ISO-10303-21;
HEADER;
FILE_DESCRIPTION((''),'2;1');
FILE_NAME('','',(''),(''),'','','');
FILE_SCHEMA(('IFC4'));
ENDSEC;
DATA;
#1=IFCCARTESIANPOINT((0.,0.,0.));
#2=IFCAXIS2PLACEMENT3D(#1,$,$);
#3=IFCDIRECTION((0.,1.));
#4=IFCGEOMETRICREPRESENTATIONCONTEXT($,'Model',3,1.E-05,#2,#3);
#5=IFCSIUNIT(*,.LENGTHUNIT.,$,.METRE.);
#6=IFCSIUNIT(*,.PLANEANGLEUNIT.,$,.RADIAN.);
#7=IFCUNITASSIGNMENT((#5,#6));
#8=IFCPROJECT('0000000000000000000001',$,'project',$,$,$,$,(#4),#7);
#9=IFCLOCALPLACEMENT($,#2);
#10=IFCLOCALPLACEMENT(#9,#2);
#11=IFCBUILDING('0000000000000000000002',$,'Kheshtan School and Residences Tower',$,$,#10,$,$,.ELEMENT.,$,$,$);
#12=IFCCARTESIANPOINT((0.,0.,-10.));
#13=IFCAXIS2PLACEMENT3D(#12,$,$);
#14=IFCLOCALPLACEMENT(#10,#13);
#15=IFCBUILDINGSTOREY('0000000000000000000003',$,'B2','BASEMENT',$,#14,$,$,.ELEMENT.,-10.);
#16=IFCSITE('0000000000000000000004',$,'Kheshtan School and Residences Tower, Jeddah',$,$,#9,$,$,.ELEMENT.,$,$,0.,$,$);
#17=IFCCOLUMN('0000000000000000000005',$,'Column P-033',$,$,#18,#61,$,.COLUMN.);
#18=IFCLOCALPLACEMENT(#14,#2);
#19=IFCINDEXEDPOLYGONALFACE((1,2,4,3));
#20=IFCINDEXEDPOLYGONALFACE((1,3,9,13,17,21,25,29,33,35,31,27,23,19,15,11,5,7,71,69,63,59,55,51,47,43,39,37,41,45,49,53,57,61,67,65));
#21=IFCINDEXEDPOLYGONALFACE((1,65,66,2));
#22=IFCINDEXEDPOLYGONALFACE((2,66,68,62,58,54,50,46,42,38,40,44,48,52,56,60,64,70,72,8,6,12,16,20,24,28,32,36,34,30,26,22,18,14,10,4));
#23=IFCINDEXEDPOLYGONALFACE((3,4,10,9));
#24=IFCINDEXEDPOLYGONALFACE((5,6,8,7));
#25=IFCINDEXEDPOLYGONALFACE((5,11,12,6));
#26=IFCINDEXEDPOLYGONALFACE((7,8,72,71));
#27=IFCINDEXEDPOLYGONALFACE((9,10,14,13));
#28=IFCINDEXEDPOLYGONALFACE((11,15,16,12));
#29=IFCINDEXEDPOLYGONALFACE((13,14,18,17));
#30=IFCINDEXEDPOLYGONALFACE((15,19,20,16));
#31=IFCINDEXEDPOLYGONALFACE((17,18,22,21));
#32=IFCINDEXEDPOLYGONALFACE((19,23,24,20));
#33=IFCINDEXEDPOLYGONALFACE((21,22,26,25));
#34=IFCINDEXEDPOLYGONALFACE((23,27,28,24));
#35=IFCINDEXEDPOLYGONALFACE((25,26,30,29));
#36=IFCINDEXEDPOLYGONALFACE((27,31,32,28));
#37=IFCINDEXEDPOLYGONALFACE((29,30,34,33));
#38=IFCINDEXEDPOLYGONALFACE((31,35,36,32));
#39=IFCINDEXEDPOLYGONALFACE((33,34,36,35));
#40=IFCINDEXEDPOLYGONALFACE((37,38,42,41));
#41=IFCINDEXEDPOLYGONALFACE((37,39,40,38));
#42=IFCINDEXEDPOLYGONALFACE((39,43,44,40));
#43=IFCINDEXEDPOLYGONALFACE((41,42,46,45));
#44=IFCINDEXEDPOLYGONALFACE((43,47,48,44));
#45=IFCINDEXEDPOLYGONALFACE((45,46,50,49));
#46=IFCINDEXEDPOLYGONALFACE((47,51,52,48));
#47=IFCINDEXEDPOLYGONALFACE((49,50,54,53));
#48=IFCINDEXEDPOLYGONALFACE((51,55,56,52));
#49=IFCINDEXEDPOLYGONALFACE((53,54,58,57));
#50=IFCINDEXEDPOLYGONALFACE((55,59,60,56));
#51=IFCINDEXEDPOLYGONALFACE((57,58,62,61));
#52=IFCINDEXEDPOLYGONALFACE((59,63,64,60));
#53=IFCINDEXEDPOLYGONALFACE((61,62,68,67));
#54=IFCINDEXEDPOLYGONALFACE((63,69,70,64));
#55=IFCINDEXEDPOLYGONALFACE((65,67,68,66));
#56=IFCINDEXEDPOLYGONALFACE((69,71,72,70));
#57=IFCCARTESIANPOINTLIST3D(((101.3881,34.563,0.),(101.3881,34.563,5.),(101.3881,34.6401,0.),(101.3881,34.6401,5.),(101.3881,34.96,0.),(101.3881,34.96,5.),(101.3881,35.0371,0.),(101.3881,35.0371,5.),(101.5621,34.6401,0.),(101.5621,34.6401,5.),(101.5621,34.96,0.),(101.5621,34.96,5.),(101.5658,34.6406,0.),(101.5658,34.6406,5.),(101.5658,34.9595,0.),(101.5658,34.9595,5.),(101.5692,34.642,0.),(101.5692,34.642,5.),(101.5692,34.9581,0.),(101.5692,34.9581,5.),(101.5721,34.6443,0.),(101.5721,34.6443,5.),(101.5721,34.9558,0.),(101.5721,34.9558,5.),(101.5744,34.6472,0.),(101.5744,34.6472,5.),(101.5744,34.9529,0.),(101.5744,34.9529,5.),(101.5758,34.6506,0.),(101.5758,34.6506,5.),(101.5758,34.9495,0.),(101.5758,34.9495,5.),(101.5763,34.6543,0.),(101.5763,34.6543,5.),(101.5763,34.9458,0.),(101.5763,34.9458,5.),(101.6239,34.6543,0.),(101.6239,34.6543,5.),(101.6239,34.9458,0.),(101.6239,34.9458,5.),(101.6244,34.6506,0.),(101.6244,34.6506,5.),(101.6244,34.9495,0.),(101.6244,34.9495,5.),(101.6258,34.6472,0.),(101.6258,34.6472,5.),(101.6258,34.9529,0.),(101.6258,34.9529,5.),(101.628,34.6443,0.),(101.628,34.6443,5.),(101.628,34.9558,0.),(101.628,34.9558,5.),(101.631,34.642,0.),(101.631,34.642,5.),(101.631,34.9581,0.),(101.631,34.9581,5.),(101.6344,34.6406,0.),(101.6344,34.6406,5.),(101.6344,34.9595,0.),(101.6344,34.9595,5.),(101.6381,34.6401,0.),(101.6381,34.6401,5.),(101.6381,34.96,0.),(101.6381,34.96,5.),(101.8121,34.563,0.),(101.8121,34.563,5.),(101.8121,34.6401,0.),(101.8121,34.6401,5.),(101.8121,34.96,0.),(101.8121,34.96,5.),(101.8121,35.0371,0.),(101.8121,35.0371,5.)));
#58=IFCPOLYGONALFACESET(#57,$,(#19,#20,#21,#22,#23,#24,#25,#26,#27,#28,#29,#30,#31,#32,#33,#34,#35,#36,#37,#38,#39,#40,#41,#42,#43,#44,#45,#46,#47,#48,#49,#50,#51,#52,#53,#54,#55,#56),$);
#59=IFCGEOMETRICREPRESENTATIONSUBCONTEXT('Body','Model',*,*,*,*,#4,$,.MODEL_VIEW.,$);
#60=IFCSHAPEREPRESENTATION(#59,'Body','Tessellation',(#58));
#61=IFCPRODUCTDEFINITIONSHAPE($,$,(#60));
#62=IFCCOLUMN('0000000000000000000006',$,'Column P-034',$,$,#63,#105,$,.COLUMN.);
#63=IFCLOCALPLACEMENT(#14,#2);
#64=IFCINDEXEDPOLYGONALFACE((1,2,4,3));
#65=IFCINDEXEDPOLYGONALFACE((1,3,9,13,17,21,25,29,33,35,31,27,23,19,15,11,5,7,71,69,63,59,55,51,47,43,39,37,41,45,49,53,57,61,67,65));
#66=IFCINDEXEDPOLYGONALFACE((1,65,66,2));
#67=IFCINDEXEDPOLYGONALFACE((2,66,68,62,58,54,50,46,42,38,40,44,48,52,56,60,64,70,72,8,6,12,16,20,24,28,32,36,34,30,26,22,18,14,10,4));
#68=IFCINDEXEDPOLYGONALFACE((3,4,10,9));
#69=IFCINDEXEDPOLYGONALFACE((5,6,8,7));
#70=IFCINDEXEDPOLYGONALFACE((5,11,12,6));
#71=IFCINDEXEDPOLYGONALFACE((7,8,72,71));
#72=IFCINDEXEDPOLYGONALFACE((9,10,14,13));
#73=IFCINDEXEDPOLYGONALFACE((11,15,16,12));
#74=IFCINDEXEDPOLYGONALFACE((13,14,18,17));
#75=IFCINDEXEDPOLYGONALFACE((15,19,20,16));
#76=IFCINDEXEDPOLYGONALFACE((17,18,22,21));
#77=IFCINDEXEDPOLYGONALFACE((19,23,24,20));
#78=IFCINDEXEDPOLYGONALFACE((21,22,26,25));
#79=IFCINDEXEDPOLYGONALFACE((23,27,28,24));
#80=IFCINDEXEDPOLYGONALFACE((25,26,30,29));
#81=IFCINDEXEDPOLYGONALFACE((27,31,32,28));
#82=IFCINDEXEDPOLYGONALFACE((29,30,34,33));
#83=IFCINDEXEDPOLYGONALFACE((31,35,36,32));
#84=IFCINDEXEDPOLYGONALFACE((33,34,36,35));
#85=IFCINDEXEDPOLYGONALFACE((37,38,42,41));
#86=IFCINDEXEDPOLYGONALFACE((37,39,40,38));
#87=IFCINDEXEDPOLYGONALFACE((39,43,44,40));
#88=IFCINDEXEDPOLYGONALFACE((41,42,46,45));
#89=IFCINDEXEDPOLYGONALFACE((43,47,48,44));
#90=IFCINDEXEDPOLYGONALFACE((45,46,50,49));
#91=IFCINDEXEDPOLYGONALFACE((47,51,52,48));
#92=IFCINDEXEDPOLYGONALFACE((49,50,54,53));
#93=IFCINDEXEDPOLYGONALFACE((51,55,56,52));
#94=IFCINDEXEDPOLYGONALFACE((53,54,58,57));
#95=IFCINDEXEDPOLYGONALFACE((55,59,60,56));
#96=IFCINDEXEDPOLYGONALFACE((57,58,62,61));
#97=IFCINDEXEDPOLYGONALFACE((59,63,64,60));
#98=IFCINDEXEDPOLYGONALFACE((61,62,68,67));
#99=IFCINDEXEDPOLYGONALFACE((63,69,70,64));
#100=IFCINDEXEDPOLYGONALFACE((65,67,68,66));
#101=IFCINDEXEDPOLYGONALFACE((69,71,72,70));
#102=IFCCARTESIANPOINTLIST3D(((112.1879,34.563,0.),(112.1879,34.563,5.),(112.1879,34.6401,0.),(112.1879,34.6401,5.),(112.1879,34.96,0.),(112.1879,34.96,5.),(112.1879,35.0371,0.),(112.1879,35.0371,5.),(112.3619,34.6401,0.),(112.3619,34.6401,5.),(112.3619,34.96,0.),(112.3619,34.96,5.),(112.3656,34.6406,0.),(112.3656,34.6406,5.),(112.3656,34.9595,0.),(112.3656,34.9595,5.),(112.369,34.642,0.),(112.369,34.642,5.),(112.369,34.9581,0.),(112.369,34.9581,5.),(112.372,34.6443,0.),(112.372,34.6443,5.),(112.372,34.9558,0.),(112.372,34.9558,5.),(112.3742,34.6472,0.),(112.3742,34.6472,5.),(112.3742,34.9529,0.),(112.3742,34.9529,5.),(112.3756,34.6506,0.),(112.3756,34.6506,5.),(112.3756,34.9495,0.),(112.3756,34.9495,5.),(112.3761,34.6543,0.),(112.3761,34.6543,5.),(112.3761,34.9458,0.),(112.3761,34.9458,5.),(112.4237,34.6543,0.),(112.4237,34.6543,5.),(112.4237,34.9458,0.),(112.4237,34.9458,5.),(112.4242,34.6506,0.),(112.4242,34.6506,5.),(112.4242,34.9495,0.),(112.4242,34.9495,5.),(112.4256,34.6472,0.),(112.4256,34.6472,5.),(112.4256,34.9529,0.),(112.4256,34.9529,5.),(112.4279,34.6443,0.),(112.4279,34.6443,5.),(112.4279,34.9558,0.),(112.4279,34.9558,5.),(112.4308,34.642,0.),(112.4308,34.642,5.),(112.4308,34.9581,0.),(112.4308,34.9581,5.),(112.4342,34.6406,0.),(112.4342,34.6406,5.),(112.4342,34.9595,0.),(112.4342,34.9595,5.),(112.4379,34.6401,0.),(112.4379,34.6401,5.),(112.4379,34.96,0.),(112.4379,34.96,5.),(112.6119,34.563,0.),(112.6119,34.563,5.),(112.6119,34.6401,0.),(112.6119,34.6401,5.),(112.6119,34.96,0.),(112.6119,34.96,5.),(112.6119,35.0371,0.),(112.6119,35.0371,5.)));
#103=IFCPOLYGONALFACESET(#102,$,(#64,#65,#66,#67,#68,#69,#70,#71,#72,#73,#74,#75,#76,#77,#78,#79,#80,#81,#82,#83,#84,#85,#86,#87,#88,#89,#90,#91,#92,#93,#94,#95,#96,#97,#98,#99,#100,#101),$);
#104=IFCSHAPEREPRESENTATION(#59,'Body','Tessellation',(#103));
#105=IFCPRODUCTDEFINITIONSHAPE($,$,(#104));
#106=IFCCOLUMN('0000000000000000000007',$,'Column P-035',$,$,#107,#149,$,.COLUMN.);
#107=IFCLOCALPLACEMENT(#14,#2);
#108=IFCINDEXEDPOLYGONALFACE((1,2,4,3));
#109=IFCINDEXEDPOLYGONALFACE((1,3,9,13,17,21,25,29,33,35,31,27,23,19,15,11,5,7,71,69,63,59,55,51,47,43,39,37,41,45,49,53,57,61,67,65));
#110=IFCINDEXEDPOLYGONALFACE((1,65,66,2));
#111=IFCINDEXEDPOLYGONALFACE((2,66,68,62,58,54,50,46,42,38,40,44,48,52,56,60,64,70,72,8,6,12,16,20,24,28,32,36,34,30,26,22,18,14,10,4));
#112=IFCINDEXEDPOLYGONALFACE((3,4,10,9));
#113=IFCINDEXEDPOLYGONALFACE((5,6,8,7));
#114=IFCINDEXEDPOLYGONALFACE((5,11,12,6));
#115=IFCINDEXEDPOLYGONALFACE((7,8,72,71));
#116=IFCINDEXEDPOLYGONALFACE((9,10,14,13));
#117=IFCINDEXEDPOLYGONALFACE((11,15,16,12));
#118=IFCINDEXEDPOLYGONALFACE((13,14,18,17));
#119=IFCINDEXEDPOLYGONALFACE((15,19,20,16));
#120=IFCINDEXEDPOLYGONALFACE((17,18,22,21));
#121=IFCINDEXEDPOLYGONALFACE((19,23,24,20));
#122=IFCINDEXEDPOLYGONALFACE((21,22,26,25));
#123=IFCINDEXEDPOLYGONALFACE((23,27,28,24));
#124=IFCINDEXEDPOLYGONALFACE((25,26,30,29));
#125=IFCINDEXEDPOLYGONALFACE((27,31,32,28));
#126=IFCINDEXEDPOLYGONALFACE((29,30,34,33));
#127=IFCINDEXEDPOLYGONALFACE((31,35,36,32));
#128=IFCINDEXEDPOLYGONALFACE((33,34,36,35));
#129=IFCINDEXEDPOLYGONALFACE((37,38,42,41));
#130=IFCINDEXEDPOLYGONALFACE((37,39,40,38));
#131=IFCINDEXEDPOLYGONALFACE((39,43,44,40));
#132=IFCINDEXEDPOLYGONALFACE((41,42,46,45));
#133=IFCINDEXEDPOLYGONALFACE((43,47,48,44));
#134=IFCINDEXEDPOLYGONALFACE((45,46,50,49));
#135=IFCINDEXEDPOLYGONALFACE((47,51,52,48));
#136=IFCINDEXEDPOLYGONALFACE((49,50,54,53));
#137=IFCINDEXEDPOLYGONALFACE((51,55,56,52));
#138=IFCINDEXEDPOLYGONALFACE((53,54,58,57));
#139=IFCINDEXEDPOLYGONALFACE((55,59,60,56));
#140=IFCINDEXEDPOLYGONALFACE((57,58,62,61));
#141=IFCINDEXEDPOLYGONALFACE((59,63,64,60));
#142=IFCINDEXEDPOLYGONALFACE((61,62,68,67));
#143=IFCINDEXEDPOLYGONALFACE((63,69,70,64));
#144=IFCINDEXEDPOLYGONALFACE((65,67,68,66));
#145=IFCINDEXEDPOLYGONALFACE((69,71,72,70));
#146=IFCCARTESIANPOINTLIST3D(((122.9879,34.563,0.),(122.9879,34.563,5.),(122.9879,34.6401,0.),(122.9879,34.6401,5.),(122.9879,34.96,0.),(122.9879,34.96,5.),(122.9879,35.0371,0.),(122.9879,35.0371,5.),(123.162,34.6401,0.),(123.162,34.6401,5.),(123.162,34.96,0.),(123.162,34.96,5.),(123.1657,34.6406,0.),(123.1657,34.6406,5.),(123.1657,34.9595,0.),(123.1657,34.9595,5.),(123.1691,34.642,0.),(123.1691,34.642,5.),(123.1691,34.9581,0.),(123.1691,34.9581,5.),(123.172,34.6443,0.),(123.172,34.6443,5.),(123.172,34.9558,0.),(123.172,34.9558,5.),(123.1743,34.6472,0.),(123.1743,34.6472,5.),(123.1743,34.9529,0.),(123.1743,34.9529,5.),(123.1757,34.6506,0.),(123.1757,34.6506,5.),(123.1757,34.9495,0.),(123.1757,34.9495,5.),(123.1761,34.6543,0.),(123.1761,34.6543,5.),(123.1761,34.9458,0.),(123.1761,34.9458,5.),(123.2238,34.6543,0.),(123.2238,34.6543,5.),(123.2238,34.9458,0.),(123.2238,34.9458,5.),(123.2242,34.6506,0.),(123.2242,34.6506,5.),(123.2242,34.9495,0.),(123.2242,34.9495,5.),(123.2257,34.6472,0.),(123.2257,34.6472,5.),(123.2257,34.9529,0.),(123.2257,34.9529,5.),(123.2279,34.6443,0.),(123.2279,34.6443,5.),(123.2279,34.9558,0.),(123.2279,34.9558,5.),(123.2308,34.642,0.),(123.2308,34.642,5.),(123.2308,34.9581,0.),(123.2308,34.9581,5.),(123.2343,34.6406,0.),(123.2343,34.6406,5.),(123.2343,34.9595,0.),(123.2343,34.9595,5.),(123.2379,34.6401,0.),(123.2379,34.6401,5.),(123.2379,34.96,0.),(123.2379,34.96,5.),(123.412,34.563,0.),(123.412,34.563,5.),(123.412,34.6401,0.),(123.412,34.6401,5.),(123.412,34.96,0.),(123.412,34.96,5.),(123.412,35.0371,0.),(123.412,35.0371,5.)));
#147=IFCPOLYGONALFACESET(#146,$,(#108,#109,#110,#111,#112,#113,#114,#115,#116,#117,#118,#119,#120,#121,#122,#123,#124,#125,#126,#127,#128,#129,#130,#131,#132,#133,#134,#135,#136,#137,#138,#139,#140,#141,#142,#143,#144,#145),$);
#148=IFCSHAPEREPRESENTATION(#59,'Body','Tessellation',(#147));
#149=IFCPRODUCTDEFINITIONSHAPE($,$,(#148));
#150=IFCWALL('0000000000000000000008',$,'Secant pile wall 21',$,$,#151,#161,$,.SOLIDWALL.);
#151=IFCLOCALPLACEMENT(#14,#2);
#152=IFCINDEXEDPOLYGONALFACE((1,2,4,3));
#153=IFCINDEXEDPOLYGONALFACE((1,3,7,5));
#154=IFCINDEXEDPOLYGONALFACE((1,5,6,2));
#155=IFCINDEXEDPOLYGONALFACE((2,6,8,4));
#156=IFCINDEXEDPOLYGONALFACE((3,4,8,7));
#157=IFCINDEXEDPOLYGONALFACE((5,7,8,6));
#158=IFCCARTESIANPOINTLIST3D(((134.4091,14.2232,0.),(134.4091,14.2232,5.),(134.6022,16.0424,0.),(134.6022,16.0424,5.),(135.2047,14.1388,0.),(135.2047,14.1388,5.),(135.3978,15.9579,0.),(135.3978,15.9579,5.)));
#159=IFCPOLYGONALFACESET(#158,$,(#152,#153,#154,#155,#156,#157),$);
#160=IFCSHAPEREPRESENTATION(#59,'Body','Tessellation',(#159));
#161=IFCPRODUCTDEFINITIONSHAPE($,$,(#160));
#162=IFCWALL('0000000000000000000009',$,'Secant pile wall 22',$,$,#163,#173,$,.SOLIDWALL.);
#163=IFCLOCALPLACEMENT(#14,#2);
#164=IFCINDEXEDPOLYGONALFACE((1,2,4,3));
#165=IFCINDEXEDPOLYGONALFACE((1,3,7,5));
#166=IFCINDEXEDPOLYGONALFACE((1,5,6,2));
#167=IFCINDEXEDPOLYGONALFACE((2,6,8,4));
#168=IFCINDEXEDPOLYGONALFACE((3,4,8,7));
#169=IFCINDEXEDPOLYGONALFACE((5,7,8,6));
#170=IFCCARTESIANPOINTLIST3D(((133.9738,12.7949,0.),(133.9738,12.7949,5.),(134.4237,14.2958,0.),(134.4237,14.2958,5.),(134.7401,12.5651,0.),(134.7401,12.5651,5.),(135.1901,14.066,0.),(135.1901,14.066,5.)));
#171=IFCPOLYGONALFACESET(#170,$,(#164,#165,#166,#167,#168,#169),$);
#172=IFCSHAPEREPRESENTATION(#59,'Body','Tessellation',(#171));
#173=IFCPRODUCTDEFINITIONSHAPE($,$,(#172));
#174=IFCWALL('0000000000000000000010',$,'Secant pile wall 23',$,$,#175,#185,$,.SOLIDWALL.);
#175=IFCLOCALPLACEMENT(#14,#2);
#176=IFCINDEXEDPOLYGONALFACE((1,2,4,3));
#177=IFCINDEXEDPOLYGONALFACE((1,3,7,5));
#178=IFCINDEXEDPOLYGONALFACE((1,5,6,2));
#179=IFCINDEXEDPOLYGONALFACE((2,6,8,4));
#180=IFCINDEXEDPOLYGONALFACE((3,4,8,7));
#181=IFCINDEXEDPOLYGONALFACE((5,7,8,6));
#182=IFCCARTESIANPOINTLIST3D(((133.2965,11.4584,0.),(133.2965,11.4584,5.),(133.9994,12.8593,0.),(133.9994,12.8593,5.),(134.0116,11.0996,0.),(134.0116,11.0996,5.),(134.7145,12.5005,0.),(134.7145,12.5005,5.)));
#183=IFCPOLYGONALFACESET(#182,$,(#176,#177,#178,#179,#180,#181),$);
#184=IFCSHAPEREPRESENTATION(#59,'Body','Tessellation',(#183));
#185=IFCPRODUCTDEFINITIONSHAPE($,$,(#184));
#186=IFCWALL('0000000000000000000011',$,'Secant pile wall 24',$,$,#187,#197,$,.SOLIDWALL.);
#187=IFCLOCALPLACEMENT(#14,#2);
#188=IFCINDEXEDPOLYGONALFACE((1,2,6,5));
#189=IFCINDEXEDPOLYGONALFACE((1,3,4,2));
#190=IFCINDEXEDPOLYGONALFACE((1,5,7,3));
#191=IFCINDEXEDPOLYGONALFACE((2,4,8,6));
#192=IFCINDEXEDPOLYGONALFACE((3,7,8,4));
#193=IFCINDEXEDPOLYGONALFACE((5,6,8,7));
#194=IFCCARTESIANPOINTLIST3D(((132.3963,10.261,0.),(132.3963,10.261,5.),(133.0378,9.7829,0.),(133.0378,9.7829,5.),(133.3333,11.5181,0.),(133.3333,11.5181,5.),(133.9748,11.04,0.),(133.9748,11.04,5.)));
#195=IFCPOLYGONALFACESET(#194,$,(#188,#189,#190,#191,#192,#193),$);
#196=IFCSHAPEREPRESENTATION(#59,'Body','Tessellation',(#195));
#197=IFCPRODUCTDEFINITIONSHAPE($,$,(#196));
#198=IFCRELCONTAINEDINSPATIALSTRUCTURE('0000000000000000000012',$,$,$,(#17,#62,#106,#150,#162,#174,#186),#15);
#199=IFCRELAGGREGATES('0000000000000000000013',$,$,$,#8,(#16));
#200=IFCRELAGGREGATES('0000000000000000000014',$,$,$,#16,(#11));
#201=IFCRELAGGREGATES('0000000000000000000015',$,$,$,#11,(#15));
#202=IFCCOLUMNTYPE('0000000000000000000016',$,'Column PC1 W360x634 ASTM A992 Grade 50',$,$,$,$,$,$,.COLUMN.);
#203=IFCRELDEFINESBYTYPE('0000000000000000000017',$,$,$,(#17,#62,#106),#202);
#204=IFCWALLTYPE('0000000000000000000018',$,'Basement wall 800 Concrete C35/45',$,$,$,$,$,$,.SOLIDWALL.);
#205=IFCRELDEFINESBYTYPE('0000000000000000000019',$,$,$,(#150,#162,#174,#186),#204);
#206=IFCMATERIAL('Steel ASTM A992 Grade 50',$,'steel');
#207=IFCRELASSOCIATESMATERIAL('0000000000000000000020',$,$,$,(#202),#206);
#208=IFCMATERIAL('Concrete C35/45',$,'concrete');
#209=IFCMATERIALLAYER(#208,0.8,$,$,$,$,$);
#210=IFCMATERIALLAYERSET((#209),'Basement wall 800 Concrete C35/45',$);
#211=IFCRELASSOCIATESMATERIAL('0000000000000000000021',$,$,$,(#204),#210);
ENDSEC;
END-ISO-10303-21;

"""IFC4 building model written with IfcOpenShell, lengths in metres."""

from ifc_helpers import new_model, si_unit, direction, frame, frame_2d, origin, origin_2d, place, context, subcontext, project, spatial, rectangle, i_section, extrude, material, layer, layer_set, material_profile, profile_set, type_object, element, save


model = new_model("IFC4")

# Units and contexts
model_context = context("Model", 3, precision=1e-05, world=origin(), true_north=direction((0.0, 1.0)))
body_context = subcontext(model_context, "Body", "Model", "MODEL_VIEW")
ifc_project = project(units=[si_unit("LENGTHUNIT", "METRE"), si_unit("PLANEANGLEUNIT", "RADIAN")], contexts=[model_context])

# Site, building, storey
site_placement = place(None, origin())
site = spatial("IfcSite", under=ifc_project, at=site_placement, Name="Kheshtan School and Residences Tower, Jeddah", CompositionType="ELEMENT", RefElevation=0.0)
building_placement = place(site_placement, origin())
building = spatial("IfcBuilding", under=site, at=building_placement, Name="Kheshtan School and Residences Tower", CompositionType="ELEMENT")
storey_placement = place(building_placement, frame((0.0, 0.0, -10.0)))
storey = spatial("IfcBuildingStorey", under=building, at=storey_placement, Name="B2", Description="BASEMENT", CompositionType="ELEMENT", Elevation=-10.0)

# Columns
ifc_material_1 = material(Name="Steel ASTM A992 Grade 50", Category="steel")
ifc_material_profile = material_profile(ifc_material_1, i_section(OverallWidth=0.4241, OverallDepth=0.4741, WebThickness=0.0476, FlangeThickness=0.0771, FilletRadius=0.0142, at=origin_2d()), Name="W360x634")
ifc_profile_set = profile_set([ifc_material_profile], Name="Steel ASTM A992 Grade 50")
column_type = type_object("IfcColumnType", Name="Column PC1 W360x634 ASTM A992 Grade 50", PredefinedType="COLUMN", material=ifc_profile_set)
for number, where, z_axis, x_axis, name in (
    (1, (101.6001, 34.8, 0.0), (0.0, 0.0, 1.0), (1.0, 0.0, 0.0), "Column P-033"),
    (2, (112.3999, 34.8, 0.0), (0.0, 0.0, 1.0), (1.0, 0.0, 0.0), "Column P-034"),
    (3, (123.2, 34.8, 0.0), (0.0, 0.0, 1.0), (1.0, 0.0, 0.0), "Column P-035"),
):
    element("IfcColumn", number, at=place(storey_placement, frame(where, z_axis=z_axis, x_axis=x_axis)), inside=storey, type_object=column_type, Name=name, PredefinedType="COLUMN", context=body_context, shape_type="SweptSolid", body=[
        extrude(i_section(OverallWidth=0.4241, OverallDepth=0.4741, WebThickness=0.0476, FlangeThickness=0.0771, FilletRadius=0.0142, at=origin_2d()), origin(), (0.0, 0.0, 1.0), 5.0),
    ])

# Walls
ifc_material_2 = material(Name="Concrete C35/45", Category="concrete")
ifc_layer = layer(ifc_material_2, 0.8)
ifc_layer_set = layer_set([ifc_layer], Name="Basement wall 800 Concrete C35/45")
wall_type = type_object("IfcWallType", Name="Basement wall 800 Concrete C35/45", PredefinedType="SOLIDWALL", material=ifc_layer_set)
wall_1_placement = place(storey_placement, frame((135.0, 16.0, 0.0), z_axis=(0.0, 0.0, 1.0), x_axis=(-0.105567, -0.994412, 0.0)))
element("IfcWall", 4, at=wall_1_placement, inside=storey, type_object=wall_type, Name="Secant pile wall 21", PredefinedType="SOLIDWALL", context=body_context, shape_type="SweptSolid", body=[
    extrude(rectangle(XDim=1.8293, YDim=0.8, at=frame_2d((0.9146, 0.0))), origin(), (0.0, 0.0, 1.0), 5.0),
])
wall_2_placement = place(storey_placement, frame((134.8069, 14.1809, 0.0), z_axis=(0.0, 0.0, 1.0), x_axis=(-0.287148, -0.957886, 0.0)))
element("IfcWall", 5, at=wall_2_placement, inside=storey, type_object=wall_type, Name="Secant pile wall 22", PredefinedType="SOLIDWALL", context=body_context, shape_type="SweptSolid", body=[
    extrude(rectangle(XDim=1.5669, YDim=0.8, at=frame_2d((0.7834, 0.0))), origin(), (0.0, 0.0, 1.0), 5.0),
])
wall_3_placement = place(storey_placement, frame((134.3569, 12.6799, 0.0), z_axis=(0.0, 0.0, 1.0), x_axis=(-0.448459, -0.893803, 0.0)))
element("IfcWall", 6, at=wall_3_placement, inside=storey, type_object=wall_type, Name="Secant pile wall 23", PredefinedType="SOLIDWALL", context=body_context, shape_type="SweptSolid", body=[
    extrude(rectangle(XDim=1.5674, YDim=0.8, at=frame_2d((0.7837, 0.0))), origin(), (0.0, 0.0, 1.0), 5.0),
])
wall_4_placement = place(storey_placement, frame((133.6541, 11.2791, 0.0), z_axis=(0.0, 0.0, 1.0), x_axis=(-0.597631, -0.801772, 0.0)))
element("IfcWall", 7, at=wall_4_placement, inside=storey, type_object=wall_type, Name="Secant pile wall 24", PredefinedType="SOLIDWALL", context=body_context, shape_type="SweptSolid", body=[
    extrude(rectangle(XDim=1.5679, YDim=0.8, at=frame_2d((0.7839, 0.0))), origin(), (0.0, 0.0, 1.0), 5.0),
])

save(model, "model.ifc")
